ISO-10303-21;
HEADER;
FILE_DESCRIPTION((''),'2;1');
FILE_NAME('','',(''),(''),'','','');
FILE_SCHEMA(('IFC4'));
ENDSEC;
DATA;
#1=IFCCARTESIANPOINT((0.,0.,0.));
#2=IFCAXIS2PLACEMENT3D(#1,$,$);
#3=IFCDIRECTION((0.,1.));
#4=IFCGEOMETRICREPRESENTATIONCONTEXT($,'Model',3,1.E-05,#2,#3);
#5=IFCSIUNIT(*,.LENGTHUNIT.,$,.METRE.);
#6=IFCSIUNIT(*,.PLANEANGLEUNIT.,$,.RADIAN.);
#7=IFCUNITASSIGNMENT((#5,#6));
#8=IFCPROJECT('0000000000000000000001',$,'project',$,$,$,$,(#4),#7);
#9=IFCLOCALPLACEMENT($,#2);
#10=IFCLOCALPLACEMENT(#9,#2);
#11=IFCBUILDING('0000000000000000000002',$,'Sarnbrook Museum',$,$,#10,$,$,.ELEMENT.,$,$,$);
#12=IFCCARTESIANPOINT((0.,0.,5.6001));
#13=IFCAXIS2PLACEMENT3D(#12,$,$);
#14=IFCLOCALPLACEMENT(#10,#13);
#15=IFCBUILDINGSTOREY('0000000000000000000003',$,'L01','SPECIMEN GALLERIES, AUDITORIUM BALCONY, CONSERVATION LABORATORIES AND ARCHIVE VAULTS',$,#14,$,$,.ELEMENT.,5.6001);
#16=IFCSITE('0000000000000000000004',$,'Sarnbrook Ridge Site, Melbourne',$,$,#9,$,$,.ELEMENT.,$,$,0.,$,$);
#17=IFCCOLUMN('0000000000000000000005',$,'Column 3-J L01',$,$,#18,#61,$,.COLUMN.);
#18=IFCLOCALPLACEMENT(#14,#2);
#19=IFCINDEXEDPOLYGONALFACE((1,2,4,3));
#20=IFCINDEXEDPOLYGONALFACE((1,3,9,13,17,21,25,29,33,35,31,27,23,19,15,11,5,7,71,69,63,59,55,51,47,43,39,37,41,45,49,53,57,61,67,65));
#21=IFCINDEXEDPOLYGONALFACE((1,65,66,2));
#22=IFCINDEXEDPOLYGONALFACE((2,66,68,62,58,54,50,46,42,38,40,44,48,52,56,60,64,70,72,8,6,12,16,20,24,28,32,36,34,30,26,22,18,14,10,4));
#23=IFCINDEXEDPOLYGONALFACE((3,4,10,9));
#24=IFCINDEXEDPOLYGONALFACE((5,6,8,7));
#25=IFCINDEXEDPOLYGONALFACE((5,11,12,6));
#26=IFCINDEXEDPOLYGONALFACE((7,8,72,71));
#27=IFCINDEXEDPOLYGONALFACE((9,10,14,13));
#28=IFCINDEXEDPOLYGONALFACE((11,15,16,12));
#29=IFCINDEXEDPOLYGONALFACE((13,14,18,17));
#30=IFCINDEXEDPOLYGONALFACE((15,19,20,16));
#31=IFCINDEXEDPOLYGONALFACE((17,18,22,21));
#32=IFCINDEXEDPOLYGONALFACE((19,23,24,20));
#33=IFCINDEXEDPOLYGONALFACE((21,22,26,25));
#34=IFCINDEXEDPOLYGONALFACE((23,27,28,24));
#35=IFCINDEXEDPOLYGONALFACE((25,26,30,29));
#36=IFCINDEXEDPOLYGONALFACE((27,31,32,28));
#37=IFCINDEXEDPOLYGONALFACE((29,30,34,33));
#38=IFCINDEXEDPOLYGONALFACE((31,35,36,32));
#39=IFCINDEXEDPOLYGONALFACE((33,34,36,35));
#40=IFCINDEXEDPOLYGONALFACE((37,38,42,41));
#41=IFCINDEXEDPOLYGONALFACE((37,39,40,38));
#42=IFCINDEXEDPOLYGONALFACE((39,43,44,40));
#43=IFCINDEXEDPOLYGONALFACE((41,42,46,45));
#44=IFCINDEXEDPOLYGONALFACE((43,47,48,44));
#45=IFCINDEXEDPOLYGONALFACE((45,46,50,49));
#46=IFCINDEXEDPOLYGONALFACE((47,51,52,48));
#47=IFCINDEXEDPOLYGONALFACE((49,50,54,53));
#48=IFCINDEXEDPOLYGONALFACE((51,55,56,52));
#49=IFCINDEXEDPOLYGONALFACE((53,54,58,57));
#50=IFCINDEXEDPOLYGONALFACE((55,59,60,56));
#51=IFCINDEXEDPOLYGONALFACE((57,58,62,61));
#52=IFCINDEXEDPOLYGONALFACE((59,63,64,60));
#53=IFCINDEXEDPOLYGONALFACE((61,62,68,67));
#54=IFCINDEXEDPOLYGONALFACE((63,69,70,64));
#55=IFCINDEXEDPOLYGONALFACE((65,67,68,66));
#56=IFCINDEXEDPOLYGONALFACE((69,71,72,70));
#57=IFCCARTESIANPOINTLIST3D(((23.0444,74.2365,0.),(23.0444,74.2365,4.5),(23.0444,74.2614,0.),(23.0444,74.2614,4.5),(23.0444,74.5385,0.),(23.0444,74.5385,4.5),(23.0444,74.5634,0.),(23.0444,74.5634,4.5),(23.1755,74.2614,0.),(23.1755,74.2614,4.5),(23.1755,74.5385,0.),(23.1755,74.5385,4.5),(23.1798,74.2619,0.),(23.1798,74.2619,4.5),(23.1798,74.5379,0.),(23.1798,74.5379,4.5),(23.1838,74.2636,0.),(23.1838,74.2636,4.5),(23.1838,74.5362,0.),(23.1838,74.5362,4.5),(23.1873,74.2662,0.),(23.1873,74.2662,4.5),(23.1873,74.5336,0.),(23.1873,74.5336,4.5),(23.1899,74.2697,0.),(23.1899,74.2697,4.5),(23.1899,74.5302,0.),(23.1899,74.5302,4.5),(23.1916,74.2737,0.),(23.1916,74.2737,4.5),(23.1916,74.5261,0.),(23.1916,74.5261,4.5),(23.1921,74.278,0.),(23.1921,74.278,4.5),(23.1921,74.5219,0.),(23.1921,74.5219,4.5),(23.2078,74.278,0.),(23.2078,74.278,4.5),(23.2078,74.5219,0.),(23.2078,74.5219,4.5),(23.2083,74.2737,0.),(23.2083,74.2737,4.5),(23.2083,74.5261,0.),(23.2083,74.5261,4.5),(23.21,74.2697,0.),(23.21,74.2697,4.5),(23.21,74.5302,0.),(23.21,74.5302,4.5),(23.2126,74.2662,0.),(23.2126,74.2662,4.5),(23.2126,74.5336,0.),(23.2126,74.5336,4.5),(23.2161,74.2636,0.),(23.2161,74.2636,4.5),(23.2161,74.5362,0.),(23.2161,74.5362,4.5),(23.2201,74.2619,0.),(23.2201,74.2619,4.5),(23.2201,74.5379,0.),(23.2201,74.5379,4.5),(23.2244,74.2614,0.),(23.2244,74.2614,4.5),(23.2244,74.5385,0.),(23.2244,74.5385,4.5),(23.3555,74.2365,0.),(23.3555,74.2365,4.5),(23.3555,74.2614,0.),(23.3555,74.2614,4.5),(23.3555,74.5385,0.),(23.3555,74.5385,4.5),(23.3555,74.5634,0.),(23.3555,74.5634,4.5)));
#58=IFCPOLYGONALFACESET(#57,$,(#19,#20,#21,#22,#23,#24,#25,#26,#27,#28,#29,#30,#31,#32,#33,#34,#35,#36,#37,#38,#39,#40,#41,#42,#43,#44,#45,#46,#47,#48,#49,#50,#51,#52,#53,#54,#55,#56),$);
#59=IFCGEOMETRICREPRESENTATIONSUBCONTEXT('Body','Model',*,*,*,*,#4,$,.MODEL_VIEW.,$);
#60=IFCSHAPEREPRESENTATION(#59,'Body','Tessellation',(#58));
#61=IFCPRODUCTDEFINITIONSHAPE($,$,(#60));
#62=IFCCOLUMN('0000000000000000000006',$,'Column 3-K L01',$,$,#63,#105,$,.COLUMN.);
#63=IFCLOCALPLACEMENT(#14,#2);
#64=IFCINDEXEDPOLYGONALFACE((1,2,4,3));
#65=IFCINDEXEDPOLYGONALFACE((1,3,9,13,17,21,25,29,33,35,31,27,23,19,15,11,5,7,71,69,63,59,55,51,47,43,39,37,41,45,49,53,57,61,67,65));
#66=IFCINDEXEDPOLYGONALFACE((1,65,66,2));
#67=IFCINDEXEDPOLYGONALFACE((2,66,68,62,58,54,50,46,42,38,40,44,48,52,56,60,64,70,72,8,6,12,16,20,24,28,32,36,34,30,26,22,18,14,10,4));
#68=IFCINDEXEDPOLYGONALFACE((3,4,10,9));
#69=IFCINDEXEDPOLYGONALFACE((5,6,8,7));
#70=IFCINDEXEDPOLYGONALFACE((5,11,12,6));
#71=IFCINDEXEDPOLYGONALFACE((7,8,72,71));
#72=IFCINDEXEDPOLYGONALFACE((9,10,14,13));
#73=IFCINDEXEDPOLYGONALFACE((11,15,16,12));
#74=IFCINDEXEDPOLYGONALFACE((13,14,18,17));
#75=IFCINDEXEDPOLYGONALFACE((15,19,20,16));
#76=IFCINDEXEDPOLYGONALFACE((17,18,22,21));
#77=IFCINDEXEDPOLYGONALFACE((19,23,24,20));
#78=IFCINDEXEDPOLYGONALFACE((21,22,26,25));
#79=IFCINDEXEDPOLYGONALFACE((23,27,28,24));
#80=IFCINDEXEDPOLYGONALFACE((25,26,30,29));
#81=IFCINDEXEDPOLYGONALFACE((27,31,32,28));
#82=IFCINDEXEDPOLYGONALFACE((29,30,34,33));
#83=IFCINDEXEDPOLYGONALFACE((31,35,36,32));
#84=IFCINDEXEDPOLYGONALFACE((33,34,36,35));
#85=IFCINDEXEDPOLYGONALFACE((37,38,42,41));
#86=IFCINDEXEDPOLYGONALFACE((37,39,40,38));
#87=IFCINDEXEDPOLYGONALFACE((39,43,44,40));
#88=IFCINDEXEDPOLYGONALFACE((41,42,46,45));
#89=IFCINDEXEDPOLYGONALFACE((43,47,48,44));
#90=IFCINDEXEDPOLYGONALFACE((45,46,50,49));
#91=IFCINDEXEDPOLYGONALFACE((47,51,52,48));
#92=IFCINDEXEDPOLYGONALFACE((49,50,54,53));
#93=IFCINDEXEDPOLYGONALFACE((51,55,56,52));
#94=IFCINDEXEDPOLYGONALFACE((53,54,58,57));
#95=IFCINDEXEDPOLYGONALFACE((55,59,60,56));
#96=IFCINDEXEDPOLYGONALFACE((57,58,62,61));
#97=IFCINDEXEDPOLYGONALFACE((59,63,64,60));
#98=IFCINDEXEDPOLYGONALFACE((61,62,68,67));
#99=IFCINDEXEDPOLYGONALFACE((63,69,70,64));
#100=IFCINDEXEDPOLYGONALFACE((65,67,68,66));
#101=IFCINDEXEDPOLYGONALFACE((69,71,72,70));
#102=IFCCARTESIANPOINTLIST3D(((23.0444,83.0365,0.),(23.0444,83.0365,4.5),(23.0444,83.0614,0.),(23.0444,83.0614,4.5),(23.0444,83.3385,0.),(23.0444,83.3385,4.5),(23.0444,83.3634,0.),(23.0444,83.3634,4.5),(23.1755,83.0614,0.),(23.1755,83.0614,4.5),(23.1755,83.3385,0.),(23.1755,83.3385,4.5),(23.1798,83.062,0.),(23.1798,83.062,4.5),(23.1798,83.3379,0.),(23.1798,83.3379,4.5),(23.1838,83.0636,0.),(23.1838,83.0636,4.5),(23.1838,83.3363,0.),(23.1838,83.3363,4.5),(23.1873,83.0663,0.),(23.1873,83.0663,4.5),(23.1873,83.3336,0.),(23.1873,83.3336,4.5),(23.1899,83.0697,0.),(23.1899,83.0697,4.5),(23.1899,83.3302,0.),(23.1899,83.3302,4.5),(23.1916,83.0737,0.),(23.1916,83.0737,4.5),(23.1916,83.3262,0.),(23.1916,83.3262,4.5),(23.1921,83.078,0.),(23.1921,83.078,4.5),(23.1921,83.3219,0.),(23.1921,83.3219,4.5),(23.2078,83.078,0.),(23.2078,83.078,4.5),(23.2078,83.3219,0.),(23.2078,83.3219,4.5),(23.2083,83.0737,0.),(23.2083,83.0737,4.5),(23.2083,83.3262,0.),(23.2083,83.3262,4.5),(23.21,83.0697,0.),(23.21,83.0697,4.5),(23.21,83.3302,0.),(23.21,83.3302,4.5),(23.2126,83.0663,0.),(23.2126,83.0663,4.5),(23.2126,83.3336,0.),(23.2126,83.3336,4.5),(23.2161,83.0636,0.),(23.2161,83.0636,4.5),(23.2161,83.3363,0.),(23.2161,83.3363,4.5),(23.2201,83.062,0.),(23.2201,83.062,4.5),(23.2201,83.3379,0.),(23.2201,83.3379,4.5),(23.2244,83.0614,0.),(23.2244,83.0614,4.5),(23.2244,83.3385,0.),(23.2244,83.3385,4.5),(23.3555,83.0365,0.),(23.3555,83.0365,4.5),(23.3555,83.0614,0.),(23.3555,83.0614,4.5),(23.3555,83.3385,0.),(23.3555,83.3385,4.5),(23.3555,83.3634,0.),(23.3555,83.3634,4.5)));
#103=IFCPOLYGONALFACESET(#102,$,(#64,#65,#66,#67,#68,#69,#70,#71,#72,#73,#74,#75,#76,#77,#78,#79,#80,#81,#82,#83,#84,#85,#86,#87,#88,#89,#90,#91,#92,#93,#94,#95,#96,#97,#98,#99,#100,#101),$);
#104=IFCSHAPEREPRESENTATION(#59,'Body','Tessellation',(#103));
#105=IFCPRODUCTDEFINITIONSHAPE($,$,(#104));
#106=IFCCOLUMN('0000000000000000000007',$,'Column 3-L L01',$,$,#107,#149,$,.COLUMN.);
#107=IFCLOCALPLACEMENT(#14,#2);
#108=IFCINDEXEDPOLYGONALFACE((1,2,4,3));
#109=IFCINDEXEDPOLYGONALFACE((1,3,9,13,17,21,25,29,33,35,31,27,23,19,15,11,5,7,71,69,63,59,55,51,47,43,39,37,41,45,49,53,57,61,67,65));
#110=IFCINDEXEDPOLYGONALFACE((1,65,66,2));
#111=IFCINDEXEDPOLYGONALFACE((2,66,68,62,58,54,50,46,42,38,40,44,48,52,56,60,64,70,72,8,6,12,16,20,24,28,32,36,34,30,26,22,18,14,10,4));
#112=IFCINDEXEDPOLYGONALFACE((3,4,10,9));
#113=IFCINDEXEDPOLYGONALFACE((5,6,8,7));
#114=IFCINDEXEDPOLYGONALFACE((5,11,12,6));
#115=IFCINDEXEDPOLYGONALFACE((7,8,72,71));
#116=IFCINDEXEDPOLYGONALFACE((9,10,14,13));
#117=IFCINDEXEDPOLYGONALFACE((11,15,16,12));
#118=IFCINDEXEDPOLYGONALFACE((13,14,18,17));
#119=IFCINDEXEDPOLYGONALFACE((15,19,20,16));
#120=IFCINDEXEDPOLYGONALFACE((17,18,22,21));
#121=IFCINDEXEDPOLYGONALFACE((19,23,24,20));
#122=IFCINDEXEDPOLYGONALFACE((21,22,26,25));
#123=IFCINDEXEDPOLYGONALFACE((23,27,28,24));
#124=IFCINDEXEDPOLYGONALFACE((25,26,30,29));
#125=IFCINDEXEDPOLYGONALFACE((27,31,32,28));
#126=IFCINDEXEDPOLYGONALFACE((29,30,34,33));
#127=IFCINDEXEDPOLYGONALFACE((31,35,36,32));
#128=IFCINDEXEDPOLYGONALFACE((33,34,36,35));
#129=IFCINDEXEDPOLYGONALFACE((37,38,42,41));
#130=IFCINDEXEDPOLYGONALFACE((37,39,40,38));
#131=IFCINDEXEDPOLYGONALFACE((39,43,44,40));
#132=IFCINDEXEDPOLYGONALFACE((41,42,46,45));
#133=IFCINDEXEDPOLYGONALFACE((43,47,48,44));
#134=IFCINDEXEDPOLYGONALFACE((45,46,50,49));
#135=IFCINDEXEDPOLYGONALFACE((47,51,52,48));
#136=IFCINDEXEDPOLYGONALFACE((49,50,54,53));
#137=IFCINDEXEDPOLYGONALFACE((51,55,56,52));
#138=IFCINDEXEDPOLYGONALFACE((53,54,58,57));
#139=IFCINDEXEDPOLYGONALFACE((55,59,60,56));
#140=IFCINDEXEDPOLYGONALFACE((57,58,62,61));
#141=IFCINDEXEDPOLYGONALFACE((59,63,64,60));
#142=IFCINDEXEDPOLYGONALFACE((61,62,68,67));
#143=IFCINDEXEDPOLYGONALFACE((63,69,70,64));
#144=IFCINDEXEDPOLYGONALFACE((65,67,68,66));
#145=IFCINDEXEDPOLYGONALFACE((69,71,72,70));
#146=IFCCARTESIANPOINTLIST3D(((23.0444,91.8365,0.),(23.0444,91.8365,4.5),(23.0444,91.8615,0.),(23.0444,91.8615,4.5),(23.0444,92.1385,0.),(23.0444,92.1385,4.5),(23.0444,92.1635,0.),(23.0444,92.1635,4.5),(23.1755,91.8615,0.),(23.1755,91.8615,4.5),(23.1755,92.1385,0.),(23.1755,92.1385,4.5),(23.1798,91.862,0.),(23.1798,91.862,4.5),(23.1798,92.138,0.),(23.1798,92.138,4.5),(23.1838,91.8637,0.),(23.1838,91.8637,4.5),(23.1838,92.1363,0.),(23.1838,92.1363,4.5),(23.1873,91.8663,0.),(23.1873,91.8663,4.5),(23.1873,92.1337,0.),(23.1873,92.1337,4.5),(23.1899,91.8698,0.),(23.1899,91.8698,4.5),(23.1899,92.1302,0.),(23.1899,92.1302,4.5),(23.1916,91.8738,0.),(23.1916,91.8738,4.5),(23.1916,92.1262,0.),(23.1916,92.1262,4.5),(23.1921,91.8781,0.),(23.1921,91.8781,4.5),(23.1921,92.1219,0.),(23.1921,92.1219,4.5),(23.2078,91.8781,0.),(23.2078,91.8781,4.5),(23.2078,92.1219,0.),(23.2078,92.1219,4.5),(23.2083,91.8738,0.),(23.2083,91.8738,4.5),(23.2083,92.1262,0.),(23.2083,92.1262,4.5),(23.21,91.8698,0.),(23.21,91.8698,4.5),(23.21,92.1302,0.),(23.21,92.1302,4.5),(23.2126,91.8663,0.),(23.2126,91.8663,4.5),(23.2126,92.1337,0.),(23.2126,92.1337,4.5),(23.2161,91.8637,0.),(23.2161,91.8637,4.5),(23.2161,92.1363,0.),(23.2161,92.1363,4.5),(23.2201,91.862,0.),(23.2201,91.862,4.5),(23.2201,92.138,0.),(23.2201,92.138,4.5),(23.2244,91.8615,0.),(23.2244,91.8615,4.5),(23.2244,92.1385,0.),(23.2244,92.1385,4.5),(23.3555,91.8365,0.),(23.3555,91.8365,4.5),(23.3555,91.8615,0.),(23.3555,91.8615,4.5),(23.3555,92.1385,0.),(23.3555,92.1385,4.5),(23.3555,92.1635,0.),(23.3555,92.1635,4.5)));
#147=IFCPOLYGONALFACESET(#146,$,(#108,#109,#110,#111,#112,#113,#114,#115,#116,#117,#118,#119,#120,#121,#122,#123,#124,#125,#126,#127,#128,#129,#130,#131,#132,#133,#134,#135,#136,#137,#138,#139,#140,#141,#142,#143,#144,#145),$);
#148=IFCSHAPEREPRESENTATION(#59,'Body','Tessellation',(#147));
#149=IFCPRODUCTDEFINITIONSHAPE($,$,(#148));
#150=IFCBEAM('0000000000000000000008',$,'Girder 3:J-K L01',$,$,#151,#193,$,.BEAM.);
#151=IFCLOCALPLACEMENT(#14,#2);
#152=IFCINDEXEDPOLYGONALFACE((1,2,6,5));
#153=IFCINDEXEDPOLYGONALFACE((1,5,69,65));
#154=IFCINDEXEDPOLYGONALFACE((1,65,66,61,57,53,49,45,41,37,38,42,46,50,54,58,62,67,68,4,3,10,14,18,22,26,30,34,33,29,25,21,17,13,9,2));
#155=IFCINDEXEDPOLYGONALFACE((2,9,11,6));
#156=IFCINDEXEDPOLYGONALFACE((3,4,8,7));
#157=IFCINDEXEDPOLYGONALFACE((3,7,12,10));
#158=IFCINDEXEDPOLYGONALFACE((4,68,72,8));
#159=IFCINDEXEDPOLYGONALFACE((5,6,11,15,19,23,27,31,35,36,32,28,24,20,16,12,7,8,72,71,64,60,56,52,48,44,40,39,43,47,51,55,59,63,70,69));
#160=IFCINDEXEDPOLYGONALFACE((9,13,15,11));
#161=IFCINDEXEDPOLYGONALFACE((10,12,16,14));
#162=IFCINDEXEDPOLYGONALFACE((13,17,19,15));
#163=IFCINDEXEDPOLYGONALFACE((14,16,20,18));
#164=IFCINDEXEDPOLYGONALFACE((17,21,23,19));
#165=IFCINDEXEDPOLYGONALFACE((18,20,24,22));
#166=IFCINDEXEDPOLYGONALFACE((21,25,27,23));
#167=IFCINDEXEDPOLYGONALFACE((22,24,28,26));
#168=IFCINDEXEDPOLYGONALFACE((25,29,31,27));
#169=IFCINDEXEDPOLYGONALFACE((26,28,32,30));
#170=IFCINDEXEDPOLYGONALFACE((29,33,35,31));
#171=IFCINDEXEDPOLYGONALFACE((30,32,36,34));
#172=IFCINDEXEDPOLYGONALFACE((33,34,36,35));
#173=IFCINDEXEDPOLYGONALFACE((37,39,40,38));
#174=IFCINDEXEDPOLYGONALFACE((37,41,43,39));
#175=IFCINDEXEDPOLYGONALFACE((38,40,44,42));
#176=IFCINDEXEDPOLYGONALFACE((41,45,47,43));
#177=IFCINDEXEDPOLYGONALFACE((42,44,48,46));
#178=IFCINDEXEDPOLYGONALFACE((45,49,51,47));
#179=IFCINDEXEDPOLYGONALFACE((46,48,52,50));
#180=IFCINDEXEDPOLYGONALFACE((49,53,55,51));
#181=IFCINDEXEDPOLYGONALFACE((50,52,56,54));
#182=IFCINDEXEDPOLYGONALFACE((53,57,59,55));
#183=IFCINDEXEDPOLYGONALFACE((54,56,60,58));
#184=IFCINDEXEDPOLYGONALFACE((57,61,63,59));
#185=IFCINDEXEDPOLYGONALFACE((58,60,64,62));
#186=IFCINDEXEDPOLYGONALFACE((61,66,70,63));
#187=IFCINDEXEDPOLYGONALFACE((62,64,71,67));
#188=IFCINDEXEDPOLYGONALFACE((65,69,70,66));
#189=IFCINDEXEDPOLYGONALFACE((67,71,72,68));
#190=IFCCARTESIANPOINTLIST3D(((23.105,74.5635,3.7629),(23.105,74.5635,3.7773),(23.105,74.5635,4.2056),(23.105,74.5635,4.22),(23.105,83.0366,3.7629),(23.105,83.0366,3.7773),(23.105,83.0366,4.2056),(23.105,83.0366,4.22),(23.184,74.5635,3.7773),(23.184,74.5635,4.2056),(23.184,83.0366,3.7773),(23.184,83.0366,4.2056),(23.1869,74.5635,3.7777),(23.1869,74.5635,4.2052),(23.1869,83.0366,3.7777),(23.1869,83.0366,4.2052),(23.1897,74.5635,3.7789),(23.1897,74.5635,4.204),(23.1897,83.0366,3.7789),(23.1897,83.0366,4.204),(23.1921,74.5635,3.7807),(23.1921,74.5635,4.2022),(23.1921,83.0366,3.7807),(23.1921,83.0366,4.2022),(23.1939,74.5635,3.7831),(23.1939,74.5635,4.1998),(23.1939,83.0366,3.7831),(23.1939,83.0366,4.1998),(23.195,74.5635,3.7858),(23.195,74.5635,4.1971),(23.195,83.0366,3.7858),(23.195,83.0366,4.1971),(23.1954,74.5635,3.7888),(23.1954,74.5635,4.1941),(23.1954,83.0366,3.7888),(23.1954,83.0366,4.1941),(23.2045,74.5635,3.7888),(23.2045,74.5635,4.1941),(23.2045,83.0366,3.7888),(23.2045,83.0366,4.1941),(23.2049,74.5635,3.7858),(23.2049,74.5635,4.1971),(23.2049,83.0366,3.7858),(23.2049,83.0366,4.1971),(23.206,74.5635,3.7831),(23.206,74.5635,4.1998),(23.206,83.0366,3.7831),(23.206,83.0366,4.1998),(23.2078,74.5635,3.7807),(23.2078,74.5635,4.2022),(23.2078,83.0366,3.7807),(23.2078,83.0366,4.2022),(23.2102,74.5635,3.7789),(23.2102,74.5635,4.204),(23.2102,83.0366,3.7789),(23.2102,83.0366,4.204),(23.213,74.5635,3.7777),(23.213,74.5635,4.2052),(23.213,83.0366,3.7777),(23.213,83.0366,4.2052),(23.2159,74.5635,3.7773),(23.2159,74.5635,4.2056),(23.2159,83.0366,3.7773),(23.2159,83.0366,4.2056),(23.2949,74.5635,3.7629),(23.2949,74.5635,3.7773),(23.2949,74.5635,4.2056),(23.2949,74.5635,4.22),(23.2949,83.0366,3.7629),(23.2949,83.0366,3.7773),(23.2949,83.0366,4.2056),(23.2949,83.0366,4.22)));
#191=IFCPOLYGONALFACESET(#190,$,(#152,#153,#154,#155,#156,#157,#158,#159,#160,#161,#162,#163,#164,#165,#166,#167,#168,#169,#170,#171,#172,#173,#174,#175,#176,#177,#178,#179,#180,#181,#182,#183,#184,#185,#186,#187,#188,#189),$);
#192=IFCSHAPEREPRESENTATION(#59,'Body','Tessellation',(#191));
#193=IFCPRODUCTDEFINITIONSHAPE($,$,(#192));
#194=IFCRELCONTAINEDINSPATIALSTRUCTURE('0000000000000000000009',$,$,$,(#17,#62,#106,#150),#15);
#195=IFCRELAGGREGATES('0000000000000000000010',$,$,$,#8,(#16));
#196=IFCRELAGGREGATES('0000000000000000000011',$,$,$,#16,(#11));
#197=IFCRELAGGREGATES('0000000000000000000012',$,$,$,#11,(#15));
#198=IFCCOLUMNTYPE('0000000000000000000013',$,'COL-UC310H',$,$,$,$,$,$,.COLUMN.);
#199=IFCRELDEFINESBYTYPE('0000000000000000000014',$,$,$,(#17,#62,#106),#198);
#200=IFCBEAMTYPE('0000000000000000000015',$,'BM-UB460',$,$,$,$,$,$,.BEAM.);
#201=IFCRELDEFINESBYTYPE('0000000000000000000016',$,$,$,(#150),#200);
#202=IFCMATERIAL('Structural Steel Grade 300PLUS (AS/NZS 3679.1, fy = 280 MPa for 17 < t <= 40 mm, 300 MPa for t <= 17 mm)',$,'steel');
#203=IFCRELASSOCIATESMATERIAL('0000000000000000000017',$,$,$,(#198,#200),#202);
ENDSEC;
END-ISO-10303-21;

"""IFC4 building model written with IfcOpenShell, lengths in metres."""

from ifc_helpers import new_model, si_unit, direction, frame, origin, origin_2d, place, context, subcontext, project, spatial, i_section, extrude, material, material_profile, profile_set, type_object, element, save


model = new_model("IFC4")

# Units and contexts
model_context = context("Model", 3, precision=1e-05, world=origin(), true_north=direction((0.0, 1.0)))
body_context = subcontext(model_context, "Body", "Model", "MODEL_VIEW")
ifc_project = project(units=[si_unit("LENGTHUNIT", "METRE"), si_unit("PLANEANGLEUNIT", "RADIAN")], contexts=[model_context])

# Site, building, storey
site_placement = place(None, origin())
site = spatial("IfcSite", under=ifc_project, at=site_placement, Name="Sarnbrook Ridge Site, Melbourne", CompositionType="ELEMENT", RefElevation=0.0)
building_placement = place(site_placement, origin())
building = spatial("IfcBuilding", under=site, at=building_placement, Name="Sarnbrook Museum", CompositionType="ELEMENT")
storey_placement = place(building_placement, frame((0.0, 0.0, 5.6001)))
storey = spatial("IfcBuildingStorey", under=building, at=storey_placement, Name="L01", Description="SPECIMEN GALLERIES, AUDITORIUM BALCONY, CONSERVATION LABORATORIES AND ARCHIVE VAULTS", CompositionType="ELEMENT", Elevation=5.6001)

# Columns
ifc_material_1 = material(Name="Structural Steel Grade 300PLUS (AS/NZS 3679.1, fy = 280 MPa for 17 < t <= 40 mm, 300 MPa for t <= 17 mm)", Category="steel")
ifc_material_profile_1 = material_profile(ifc_material_1, i_section(OverallWidth=0.311, OverallDepth=0.3269, WebThickness=0.0156, FlangeThickness=0.0249, FilletRadius=0.0166, at=origin_2d()), Name="310UC158")
ifc_profile_set_1 = profile_set([ifc_material_profile_1], Name="Structural Steel Grade 300PLUS (AS/NZS 3679.1, fy = 280 MPa for 17 < t <= 40 mm, 300 MPa for t <= 17 mm)")
column_type = type_object("IfcColumnType", Name="COL-UC310H", PredefinedType="COLUMN", material=ifc_profile_set_1)
for number, where, z_axis, x_axis, name in (
    (1, (23.2, 74.3999, 0.0), (0.0, 0.0, 1.0), (1.0, 0.0, 0.0), "Column 3-J L01"),
    (2, (23.2, 83.2, 0.0), (0.0, 0.0, 1.0), (1.0, 0.0, 0.0), "Column 3-K L01"),
    (3, (23.2, 92.0, 0.0), (0.0, 0.0, 1.0), (1.0, 0.0, 0.0), "Column 3-L L01"),
):
    element("IfcColumn", number, at=place(storey_placement, frame(where, z_axis=z_axis, x_axis=x_axis)), inside=storey, type_object=column_type, Name=name, PredefinedType="COLUMN", context=body_context, shape_type="SweptSolid", body=[
        extrude(i_section(OverallWidth=0.311, OverallDepth=0.3269, WebThickness=0.0156, FlangeThickness=0.0249, FilletRadius=0.0166, at=origin_2d()), origin(), (0.0, 0.0, 1.0), 4.5),
    ])

# Beam
ifc_material_profile_2 = material_profile(ifc_material_1, i_section(OverallWidth=0.1899, OverallDepth=0.457, WebThickness=0.009, FlangeThickness=0.0144, FilletRadius=0.0115, at=origin_2d()), Name="460UB74.6")
ifc_profile_set_2 = profile_set([ifc_material_profile_2], Name="Structural Steel Grade 300PLUS (AS/NZS 3679.1, fy = 280 MPa for 17 < t <= 40 mm, 300 MPa for t <= 17 mm)")
beam_type_1 = type_object("IfcBeamType", Name="BM-UB460", PredefinedType="BEAM", material=ifc_profile_set_2)
beam_1_placement = place(storey_placement, frame((23.2, 74.5635, 3.9915), z_axis=(0.0, 1.0, 0.0), x_axis=(-1.0, 0.0, 0.0)))
element("IfcBeam", 4, at=beam_1_placement, inside=storey, type_object=beam_type_1, Name="Girder 3:J-K L01", PredefinedType="BEAM", context=body_context, shape_type="SweptSolid", body=[
    extrude(i_section(OverallWidth=0.1899, OverallDepth=0.457, WebThickness=0.009, FlangeThickness=0.0144, FilletRadius=0.0115, at=origin_2d()), origin(), (0.0, 0.0, 1.0), 8.4731),
])

save(model, "model.ifc")
